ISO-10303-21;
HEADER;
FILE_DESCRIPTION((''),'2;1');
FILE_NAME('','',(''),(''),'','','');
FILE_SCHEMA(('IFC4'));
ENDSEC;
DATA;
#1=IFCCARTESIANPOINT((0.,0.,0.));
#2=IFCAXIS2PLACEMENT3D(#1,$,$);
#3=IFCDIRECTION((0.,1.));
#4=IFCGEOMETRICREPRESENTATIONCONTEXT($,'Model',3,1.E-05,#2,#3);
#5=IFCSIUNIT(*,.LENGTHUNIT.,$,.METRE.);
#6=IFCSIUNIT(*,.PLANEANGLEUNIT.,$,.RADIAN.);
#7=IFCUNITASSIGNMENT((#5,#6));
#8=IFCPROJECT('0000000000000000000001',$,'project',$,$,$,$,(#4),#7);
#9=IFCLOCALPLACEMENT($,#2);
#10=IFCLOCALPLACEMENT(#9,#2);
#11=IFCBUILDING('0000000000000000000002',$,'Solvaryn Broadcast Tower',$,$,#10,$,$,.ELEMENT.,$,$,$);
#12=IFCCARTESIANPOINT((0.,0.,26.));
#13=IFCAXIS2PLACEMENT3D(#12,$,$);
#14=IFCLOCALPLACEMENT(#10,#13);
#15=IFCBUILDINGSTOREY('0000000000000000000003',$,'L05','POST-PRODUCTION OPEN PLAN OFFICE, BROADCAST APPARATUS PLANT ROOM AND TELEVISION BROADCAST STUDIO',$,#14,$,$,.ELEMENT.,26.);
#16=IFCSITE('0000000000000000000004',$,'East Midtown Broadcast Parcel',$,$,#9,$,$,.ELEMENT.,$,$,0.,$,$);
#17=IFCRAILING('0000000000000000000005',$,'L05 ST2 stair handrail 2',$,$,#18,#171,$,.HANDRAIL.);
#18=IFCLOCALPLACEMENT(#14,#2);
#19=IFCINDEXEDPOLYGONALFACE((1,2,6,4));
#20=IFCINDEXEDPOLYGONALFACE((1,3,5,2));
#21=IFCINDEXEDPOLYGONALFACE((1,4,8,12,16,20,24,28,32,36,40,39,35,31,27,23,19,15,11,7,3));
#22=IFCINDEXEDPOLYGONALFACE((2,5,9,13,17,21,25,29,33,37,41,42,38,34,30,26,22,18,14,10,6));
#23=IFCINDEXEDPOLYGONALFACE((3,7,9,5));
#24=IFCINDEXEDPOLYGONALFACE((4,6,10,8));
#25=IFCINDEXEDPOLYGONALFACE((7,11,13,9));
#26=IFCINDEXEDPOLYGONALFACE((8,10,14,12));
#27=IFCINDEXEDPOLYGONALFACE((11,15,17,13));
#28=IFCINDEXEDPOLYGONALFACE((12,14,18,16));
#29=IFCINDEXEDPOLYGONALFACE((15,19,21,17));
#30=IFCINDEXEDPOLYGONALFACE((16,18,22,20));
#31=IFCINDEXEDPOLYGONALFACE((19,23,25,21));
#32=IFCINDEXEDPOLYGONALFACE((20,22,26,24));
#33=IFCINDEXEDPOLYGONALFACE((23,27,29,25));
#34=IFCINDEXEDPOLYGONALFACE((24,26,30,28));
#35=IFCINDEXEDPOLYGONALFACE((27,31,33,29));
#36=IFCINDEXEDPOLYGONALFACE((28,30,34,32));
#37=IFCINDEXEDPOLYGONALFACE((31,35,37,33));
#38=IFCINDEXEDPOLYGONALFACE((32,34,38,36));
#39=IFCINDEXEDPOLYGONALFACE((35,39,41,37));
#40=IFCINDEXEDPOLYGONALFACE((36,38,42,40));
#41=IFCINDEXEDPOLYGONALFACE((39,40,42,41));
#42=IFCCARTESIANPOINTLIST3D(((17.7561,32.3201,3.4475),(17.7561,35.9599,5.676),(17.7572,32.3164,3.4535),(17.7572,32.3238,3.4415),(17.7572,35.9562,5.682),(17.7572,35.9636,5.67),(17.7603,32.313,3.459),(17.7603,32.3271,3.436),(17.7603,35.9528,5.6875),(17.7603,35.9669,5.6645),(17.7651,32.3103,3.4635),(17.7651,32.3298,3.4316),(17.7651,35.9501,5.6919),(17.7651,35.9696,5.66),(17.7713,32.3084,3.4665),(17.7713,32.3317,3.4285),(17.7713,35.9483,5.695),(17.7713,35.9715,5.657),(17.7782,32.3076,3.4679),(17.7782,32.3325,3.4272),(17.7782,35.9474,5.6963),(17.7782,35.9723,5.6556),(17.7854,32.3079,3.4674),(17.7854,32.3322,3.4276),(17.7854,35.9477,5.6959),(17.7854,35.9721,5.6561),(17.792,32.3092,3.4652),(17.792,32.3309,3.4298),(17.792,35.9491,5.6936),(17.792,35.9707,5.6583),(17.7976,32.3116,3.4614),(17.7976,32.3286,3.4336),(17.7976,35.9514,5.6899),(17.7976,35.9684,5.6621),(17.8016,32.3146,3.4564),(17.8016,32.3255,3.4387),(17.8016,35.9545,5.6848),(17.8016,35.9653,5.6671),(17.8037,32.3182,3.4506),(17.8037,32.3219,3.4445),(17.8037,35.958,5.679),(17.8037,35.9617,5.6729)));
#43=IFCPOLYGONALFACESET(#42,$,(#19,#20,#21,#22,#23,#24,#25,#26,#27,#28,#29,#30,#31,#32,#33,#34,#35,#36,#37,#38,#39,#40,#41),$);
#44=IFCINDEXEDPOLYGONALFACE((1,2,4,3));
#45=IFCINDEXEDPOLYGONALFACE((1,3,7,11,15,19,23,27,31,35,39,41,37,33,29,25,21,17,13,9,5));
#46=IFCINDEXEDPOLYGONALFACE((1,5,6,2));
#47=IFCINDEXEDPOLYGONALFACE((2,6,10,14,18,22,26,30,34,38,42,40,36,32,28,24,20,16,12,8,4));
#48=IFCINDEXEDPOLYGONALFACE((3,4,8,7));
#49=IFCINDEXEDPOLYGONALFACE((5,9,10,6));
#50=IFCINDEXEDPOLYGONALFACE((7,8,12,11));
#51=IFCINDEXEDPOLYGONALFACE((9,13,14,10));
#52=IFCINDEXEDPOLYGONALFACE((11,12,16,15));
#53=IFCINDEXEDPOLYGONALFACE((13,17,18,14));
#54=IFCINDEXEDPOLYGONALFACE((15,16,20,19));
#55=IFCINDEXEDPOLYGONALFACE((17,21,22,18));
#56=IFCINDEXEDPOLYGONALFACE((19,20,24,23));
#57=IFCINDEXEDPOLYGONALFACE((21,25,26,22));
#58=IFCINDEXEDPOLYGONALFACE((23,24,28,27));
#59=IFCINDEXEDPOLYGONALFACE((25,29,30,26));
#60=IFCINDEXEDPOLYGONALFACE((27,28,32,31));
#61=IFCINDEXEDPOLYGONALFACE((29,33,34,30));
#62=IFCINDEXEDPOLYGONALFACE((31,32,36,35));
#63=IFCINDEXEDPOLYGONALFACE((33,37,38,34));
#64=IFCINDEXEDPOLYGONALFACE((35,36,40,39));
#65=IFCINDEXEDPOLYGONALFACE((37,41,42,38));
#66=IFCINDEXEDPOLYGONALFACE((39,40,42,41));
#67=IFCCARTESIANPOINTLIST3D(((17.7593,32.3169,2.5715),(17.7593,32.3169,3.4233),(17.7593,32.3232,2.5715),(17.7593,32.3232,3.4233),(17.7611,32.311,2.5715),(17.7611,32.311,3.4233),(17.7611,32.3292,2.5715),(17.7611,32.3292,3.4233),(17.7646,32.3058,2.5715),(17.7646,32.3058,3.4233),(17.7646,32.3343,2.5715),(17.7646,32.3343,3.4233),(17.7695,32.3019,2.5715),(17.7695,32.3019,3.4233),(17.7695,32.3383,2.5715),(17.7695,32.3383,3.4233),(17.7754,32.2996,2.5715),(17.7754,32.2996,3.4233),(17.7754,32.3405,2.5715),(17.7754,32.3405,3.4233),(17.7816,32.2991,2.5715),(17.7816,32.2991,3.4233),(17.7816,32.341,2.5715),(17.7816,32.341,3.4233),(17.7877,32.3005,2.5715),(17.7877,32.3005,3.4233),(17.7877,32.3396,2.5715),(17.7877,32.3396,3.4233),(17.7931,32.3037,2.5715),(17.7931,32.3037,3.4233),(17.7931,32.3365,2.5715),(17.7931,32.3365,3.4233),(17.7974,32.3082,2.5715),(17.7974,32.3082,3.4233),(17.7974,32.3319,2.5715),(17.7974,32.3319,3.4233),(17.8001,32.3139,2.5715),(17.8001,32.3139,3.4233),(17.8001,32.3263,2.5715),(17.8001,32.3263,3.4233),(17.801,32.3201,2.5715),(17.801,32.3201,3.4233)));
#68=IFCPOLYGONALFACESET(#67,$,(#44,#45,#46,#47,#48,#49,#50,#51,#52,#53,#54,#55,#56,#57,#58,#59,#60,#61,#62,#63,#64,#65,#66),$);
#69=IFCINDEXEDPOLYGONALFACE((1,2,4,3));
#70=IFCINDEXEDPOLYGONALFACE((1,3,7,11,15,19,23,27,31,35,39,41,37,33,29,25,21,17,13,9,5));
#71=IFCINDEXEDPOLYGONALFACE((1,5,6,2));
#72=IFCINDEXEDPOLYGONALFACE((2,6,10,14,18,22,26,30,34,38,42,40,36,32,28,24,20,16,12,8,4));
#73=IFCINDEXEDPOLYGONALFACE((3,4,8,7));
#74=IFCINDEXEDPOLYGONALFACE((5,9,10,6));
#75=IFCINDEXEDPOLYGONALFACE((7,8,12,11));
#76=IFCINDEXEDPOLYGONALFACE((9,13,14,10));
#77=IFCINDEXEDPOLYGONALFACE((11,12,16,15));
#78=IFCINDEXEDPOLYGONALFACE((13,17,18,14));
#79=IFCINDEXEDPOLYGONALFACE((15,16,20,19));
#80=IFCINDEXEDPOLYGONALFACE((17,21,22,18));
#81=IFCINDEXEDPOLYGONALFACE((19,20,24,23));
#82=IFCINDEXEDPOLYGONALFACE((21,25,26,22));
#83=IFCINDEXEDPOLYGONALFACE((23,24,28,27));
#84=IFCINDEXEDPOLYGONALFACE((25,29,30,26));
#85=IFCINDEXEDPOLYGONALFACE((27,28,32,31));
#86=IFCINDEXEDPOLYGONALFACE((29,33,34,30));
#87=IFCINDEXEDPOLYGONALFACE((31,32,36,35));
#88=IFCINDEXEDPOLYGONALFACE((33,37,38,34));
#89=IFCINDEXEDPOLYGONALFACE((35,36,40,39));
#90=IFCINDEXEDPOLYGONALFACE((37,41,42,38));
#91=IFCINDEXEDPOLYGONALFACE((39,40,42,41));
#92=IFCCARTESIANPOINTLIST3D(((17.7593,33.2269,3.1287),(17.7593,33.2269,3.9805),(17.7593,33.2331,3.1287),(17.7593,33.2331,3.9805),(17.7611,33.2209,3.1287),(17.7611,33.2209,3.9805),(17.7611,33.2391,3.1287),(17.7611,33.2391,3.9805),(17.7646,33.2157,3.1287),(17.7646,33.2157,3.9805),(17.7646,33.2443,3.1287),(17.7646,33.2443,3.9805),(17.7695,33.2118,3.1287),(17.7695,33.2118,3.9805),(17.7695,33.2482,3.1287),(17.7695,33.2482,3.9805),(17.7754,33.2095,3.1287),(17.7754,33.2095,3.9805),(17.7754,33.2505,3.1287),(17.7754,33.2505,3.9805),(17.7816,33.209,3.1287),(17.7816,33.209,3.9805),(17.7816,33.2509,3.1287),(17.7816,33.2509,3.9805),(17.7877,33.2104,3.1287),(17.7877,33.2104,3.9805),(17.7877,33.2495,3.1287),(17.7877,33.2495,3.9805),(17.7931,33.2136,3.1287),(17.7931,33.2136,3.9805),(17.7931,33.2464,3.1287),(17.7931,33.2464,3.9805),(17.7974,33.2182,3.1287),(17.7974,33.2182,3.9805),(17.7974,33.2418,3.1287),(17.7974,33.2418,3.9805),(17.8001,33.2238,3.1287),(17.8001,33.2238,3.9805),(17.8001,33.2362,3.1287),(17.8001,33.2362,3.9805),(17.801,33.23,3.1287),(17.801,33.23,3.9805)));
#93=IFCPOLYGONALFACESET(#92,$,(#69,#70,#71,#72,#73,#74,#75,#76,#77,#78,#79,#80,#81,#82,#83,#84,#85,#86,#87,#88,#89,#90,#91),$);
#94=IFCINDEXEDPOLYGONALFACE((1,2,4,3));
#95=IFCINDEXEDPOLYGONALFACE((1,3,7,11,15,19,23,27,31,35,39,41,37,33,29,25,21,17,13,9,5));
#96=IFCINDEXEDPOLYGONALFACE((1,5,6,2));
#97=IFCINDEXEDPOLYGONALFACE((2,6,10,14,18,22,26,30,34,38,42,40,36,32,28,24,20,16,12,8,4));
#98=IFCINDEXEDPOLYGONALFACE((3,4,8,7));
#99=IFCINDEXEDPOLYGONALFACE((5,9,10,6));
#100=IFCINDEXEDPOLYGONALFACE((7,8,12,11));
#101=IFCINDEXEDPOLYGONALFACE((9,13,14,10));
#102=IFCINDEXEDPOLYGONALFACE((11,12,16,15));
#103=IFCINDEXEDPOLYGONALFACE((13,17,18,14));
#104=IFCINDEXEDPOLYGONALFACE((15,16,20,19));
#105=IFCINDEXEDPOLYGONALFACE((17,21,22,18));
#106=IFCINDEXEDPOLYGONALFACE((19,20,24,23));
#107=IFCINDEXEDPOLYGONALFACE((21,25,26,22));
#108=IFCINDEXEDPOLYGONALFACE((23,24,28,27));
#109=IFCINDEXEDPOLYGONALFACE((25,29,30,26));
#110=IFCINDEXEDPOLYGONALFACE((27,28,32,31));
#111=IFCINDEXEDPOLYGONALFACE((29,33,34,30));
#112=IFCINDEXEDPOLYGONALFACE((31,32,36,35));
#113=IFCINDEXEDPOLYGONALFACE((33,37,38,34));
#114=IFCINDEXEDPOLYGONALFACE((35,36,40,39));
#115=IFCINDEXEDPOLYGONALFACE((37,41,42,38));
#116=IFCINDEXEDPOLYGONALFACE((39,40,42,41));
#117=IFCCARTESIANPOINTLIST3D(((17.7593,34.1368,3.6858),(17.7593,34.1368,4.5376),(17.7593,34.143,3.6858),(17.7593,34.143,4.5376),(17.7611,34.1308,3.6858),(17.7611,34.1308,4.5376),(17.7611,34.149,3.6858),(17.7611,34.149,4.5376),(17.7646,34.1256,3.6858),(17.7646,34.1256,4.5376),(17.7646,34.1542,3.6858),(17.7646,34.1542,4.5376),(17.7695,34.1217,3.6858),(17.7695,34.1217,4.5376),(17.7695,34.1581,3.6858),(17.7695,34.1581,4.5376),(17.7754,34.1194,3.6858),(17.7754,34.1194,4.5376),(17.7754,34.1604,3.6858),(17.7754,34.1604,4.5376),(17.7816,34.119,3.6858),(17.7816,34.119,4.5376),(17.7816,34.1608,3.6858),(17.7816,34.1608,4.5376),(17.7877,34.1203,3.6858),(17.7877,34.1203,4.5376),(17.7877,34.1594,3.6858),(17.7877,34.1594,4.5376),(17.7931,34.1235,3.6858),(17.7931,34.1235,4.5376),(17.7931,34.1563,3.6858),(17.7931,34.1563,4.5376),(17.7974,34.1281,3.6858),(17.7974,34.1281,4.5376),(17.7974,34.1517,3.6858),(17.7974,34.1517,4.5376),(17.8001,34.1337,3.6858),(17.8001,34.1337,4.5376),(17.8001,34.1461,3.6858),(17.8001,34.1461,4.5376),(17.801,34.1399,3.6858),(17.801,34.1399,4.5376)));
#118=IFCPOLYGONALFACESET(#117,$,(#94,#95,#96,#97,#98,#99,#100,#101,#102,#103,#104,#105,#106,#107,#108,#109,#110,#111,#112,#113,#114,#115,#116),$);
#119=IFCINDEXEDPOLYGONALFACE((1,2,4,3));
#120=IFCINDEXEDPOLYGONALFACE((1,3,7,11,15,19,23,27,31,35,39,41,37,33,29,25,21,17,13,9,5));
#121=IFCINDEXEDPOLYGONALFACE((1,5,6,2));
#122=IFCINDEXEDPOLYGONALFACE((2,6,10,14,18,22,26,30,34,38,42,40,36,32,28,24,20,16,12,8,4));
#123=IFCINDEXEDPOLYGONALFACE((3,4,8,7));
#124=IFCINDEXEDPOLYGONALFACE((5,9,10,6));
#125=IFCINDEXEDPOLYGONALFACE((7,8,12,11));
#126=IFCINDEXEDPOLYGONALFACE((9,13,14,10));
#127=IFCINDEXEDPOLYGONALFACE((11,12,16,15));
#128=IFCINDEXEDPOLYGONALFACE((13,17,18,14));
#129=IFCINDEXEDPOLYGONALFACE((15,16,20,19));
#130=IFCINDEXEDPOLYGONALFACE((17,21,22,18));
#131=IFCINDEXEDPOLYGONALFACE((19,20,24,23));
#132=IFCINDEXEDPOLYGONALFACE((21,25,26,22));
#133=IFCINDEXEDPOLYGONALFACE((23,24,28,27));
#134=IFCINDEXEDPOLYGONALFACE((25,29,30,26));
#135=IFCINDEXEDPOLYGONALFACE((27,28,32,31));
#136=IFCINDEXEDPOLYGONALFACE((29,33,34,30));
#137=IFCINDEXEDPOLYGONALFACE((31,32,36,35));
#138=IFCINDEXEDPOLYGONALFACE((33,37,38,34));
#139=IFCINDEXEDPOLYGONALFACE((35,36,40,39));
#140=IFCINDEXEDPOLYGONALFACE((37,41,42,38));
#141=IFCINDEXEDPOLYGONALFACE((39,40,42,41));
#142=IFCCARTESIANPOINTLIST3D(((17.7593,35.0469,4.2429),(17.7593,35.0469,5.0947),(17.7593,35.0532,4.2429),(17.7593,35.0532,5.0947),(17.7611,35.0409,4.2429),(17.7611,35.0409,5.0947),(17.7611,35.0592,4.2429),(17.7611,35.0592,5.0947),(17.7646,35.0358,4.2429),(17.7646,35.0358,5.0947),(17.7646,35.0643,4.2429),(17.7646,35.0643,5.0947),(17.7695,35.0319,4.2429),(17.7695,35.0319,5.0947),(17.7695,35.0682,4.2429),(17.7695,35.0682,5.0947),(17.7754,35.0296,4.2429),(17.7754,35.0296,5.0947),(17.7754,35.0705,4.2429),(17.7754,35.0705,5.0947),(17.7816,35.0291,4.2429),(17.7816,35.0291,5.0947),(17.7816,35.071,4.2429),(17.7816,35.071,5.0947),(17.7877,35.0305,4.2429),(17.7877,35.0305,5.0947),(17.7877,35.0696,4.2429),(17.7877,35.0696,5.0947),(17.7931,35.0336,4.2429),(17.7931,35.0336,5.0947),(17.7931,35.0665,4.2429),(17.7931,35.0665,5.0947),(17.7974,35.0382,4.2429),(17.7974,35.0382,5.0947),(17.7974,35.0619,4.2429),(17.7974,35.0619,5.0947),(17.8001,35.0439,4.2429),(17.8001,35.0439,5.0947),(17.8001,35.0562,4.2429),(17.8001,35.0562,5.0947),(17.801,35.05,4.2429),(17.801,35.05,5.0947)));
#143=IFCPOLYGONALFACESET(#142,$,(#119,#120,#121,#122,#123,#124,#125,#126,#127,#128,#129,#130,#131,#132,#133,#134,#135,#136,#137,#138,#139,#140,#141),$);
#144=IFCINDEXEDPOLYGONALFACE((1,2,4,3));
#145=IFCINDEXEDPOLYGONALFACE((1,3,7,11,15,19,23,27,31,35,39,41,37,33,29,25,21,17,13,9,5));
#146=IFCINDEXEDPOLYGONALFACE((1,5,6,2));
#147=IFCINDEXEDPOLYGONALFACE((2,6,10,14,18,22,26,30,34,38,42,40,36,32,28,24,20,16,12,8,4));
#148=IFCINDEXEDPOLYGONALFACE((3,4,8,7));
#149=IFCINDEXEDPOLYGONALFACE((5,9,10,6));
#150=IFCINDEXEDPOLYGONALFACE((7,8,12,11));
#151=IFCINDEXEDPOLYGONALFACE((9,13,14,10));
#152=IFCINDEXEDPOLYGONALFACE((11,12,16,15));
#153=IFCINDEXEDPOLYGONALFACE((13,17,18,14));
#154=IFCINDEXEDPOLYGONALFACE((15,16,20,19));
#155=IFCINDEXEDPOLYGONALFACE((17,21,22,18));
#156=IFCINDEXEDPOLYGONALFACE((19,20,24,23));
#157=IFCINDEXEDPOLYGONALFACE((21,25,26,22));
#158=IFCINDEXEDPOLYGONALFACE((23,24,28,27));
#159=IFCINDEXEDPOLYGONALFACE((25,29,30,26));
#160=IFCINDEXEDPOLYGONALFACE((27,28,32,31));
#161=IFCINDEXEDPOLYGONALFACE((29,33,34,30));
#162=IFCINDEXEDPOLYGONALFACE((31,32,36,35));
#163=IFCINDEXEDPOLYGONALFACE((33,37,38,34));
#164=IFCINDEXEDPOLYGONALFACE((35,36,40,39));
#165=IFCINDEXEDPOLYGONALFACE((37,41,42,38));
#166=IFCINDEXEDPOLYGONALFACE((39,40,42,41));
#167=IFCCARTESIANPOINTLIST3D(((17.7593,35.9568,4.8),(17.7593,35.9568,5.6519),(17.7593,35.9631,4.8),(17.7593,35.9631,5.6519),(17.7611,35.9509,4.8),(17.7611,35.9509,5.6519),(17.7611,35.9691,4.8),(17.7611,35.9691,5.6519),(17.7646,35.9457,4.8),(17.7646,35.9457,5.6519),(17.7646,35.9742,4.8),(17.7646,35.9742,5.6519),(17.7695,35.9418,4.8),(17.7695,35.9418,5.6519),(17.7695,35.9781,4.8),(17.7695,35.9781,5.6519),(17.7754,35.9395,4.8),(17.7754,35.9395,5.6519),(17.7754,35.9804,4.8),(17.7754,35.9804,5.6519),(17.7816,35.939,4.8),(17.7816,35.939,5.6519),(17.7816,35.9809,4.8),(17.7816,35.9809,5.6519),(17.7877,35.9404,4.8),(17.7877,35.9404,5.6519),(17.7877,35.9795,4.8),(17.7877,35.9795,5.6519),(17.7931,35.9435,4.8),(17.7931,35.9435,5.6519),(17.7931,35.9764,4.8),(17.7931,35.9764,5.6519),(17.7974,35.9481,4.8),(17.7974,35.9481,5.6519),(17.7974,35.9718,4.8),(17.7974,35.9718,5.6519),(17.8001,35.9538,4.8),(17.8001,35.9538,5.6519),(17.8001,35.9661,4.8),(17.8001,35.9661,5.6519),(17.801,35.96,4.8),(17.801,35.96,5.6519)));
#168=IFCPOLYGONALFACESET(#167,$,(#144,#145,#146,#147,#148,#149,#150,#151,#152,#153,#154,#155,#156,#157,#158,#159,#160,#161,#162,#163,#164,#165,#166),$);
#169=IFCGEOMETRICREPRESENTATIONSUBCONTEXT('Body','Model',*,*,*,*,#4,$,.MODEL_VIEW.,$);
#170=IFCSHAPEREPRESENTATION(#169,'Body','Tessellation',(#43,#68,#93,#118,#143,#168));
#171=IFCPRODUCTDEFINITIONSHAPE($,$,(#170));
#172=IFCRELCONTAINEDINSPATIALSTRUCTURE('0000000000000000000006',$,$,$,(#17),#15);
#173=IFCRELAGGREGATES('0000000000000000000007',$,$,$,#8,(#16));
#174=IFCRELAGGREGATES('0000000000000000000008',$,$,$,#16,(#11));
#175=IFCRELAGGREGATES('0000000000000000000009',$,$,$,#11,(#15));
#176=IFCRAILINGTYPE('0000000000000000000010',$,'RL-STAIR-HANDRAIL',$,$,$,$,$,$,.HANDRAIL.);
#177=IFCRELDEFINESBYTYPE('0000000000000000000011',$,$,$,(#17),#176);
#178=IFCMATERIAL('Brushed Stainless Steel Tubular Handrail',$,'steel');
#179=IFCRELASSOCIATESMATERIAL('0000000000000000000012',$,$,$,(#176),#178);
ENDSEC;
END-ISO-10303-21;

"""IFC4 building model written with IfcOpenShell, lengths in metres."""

from ifc_helpers import new_model, si_unit, direction, frame, origin, origin_2d, place, context, subcontext, project, spatial, circle, extrude, material, type_object, element, save


model = new_model("IFC4")

# Units and contexts
model_context = context("Model", 3, precision=1e-05, world=origin(), true_north=direction((0.0, 1.0)))
body_context = subcontext(model_context, "Body", "Model", "MODEL_VIEW")
ifc_project = project(units=[si_unit("LENGTHUNIT", "METRE"), si_unit("PLANEANGLEUNIT", "RADIAN")], contexts=[model_context])

# Site, building, storey
site_placement = place(None, origin())
site = spatial("IfcSite", under=ifc_project, at=site_placement, Name="East Midtown Broadcast Parcel", CompositionType="ELEMENT", RefElevation=0.0)
building_placement = place(site_placement, origin())
building = spatial("IfcBuilding", under=site, at=building_placement, Name="Solvaryn Broadcast Tower", CompositionType="ELEMENT")
storey_placement = place(building_placement, frame((0.0, 0.0, 26.0)))
storey = spatial("IfcBuildingStorey", under=building, at=storey_placement, Name="L05", Description="POST-PRODUCTION OPEN PLAN OFFICE, BROADCAST APPARATUS PLANT ROOM AND TELEVISION BROADCAST STUDIO", CompositionType="ELEMENT", Elevation=26.0)

# Railing
ifc_material_1 = material(Name="Brushed Stainless Steel Tubular Handrail", Category="steel")
railing_type = type_object("IfcRailingType", Name="RL-STAIR-HANDRAIL", PredefinedType="HANDRAIL", material=ifc_material_1)
railing_placement = place(storey_placement, frame((17.78, 32.3201, 2.5715)))
element("IfcRailing", 1, at=railing_placement, inside=storey, type_object=railing_type, Name="L05 ST2 stair handrail 2", PredefinedType="HANDRAIL", context=body_context, shape_type="SweptSolid", body=[
    extrude(circle(Radius=0.0239, at=origin_2d()), frame((0.0, 0.0, 0.876), z_axis=(0.0, 0.85285, 0.522156), x_axis=(-1.0, 0.0, 0.0)), (0.0, 0.0, 1.0), 4.2678),
    extrude(circle(Radius=0.021, at=origin_2d()), origin(), (0.0, 0.0, 1.0), 0.8518),
    extrude(circle(Radius=0.021, at=origin_2d()), frame((0.0, 0.9099, 0.5571)), (0.0, 0.0, 1.0), 0.8518),
    extrude(circle(Radius=0.021, at=origin_2d()), frame((0.0, 1.8198, 1.1143)), (0.0, 0.0, 1.0), 0.8518),
    extrude(circle(Radius=0.021, at=origin_2d()), frame((0.0, 2.73, 1.6714)), (0.0, 0.0, 1.0), 0.8518),
    extrude(circle(Radius=0.021, at=origin_2d()), frame((0.0, 3.6399, 2.2285)), (0.0, 0.0, 1.0), 0.8518),
])

save(model, "model.ifc")
